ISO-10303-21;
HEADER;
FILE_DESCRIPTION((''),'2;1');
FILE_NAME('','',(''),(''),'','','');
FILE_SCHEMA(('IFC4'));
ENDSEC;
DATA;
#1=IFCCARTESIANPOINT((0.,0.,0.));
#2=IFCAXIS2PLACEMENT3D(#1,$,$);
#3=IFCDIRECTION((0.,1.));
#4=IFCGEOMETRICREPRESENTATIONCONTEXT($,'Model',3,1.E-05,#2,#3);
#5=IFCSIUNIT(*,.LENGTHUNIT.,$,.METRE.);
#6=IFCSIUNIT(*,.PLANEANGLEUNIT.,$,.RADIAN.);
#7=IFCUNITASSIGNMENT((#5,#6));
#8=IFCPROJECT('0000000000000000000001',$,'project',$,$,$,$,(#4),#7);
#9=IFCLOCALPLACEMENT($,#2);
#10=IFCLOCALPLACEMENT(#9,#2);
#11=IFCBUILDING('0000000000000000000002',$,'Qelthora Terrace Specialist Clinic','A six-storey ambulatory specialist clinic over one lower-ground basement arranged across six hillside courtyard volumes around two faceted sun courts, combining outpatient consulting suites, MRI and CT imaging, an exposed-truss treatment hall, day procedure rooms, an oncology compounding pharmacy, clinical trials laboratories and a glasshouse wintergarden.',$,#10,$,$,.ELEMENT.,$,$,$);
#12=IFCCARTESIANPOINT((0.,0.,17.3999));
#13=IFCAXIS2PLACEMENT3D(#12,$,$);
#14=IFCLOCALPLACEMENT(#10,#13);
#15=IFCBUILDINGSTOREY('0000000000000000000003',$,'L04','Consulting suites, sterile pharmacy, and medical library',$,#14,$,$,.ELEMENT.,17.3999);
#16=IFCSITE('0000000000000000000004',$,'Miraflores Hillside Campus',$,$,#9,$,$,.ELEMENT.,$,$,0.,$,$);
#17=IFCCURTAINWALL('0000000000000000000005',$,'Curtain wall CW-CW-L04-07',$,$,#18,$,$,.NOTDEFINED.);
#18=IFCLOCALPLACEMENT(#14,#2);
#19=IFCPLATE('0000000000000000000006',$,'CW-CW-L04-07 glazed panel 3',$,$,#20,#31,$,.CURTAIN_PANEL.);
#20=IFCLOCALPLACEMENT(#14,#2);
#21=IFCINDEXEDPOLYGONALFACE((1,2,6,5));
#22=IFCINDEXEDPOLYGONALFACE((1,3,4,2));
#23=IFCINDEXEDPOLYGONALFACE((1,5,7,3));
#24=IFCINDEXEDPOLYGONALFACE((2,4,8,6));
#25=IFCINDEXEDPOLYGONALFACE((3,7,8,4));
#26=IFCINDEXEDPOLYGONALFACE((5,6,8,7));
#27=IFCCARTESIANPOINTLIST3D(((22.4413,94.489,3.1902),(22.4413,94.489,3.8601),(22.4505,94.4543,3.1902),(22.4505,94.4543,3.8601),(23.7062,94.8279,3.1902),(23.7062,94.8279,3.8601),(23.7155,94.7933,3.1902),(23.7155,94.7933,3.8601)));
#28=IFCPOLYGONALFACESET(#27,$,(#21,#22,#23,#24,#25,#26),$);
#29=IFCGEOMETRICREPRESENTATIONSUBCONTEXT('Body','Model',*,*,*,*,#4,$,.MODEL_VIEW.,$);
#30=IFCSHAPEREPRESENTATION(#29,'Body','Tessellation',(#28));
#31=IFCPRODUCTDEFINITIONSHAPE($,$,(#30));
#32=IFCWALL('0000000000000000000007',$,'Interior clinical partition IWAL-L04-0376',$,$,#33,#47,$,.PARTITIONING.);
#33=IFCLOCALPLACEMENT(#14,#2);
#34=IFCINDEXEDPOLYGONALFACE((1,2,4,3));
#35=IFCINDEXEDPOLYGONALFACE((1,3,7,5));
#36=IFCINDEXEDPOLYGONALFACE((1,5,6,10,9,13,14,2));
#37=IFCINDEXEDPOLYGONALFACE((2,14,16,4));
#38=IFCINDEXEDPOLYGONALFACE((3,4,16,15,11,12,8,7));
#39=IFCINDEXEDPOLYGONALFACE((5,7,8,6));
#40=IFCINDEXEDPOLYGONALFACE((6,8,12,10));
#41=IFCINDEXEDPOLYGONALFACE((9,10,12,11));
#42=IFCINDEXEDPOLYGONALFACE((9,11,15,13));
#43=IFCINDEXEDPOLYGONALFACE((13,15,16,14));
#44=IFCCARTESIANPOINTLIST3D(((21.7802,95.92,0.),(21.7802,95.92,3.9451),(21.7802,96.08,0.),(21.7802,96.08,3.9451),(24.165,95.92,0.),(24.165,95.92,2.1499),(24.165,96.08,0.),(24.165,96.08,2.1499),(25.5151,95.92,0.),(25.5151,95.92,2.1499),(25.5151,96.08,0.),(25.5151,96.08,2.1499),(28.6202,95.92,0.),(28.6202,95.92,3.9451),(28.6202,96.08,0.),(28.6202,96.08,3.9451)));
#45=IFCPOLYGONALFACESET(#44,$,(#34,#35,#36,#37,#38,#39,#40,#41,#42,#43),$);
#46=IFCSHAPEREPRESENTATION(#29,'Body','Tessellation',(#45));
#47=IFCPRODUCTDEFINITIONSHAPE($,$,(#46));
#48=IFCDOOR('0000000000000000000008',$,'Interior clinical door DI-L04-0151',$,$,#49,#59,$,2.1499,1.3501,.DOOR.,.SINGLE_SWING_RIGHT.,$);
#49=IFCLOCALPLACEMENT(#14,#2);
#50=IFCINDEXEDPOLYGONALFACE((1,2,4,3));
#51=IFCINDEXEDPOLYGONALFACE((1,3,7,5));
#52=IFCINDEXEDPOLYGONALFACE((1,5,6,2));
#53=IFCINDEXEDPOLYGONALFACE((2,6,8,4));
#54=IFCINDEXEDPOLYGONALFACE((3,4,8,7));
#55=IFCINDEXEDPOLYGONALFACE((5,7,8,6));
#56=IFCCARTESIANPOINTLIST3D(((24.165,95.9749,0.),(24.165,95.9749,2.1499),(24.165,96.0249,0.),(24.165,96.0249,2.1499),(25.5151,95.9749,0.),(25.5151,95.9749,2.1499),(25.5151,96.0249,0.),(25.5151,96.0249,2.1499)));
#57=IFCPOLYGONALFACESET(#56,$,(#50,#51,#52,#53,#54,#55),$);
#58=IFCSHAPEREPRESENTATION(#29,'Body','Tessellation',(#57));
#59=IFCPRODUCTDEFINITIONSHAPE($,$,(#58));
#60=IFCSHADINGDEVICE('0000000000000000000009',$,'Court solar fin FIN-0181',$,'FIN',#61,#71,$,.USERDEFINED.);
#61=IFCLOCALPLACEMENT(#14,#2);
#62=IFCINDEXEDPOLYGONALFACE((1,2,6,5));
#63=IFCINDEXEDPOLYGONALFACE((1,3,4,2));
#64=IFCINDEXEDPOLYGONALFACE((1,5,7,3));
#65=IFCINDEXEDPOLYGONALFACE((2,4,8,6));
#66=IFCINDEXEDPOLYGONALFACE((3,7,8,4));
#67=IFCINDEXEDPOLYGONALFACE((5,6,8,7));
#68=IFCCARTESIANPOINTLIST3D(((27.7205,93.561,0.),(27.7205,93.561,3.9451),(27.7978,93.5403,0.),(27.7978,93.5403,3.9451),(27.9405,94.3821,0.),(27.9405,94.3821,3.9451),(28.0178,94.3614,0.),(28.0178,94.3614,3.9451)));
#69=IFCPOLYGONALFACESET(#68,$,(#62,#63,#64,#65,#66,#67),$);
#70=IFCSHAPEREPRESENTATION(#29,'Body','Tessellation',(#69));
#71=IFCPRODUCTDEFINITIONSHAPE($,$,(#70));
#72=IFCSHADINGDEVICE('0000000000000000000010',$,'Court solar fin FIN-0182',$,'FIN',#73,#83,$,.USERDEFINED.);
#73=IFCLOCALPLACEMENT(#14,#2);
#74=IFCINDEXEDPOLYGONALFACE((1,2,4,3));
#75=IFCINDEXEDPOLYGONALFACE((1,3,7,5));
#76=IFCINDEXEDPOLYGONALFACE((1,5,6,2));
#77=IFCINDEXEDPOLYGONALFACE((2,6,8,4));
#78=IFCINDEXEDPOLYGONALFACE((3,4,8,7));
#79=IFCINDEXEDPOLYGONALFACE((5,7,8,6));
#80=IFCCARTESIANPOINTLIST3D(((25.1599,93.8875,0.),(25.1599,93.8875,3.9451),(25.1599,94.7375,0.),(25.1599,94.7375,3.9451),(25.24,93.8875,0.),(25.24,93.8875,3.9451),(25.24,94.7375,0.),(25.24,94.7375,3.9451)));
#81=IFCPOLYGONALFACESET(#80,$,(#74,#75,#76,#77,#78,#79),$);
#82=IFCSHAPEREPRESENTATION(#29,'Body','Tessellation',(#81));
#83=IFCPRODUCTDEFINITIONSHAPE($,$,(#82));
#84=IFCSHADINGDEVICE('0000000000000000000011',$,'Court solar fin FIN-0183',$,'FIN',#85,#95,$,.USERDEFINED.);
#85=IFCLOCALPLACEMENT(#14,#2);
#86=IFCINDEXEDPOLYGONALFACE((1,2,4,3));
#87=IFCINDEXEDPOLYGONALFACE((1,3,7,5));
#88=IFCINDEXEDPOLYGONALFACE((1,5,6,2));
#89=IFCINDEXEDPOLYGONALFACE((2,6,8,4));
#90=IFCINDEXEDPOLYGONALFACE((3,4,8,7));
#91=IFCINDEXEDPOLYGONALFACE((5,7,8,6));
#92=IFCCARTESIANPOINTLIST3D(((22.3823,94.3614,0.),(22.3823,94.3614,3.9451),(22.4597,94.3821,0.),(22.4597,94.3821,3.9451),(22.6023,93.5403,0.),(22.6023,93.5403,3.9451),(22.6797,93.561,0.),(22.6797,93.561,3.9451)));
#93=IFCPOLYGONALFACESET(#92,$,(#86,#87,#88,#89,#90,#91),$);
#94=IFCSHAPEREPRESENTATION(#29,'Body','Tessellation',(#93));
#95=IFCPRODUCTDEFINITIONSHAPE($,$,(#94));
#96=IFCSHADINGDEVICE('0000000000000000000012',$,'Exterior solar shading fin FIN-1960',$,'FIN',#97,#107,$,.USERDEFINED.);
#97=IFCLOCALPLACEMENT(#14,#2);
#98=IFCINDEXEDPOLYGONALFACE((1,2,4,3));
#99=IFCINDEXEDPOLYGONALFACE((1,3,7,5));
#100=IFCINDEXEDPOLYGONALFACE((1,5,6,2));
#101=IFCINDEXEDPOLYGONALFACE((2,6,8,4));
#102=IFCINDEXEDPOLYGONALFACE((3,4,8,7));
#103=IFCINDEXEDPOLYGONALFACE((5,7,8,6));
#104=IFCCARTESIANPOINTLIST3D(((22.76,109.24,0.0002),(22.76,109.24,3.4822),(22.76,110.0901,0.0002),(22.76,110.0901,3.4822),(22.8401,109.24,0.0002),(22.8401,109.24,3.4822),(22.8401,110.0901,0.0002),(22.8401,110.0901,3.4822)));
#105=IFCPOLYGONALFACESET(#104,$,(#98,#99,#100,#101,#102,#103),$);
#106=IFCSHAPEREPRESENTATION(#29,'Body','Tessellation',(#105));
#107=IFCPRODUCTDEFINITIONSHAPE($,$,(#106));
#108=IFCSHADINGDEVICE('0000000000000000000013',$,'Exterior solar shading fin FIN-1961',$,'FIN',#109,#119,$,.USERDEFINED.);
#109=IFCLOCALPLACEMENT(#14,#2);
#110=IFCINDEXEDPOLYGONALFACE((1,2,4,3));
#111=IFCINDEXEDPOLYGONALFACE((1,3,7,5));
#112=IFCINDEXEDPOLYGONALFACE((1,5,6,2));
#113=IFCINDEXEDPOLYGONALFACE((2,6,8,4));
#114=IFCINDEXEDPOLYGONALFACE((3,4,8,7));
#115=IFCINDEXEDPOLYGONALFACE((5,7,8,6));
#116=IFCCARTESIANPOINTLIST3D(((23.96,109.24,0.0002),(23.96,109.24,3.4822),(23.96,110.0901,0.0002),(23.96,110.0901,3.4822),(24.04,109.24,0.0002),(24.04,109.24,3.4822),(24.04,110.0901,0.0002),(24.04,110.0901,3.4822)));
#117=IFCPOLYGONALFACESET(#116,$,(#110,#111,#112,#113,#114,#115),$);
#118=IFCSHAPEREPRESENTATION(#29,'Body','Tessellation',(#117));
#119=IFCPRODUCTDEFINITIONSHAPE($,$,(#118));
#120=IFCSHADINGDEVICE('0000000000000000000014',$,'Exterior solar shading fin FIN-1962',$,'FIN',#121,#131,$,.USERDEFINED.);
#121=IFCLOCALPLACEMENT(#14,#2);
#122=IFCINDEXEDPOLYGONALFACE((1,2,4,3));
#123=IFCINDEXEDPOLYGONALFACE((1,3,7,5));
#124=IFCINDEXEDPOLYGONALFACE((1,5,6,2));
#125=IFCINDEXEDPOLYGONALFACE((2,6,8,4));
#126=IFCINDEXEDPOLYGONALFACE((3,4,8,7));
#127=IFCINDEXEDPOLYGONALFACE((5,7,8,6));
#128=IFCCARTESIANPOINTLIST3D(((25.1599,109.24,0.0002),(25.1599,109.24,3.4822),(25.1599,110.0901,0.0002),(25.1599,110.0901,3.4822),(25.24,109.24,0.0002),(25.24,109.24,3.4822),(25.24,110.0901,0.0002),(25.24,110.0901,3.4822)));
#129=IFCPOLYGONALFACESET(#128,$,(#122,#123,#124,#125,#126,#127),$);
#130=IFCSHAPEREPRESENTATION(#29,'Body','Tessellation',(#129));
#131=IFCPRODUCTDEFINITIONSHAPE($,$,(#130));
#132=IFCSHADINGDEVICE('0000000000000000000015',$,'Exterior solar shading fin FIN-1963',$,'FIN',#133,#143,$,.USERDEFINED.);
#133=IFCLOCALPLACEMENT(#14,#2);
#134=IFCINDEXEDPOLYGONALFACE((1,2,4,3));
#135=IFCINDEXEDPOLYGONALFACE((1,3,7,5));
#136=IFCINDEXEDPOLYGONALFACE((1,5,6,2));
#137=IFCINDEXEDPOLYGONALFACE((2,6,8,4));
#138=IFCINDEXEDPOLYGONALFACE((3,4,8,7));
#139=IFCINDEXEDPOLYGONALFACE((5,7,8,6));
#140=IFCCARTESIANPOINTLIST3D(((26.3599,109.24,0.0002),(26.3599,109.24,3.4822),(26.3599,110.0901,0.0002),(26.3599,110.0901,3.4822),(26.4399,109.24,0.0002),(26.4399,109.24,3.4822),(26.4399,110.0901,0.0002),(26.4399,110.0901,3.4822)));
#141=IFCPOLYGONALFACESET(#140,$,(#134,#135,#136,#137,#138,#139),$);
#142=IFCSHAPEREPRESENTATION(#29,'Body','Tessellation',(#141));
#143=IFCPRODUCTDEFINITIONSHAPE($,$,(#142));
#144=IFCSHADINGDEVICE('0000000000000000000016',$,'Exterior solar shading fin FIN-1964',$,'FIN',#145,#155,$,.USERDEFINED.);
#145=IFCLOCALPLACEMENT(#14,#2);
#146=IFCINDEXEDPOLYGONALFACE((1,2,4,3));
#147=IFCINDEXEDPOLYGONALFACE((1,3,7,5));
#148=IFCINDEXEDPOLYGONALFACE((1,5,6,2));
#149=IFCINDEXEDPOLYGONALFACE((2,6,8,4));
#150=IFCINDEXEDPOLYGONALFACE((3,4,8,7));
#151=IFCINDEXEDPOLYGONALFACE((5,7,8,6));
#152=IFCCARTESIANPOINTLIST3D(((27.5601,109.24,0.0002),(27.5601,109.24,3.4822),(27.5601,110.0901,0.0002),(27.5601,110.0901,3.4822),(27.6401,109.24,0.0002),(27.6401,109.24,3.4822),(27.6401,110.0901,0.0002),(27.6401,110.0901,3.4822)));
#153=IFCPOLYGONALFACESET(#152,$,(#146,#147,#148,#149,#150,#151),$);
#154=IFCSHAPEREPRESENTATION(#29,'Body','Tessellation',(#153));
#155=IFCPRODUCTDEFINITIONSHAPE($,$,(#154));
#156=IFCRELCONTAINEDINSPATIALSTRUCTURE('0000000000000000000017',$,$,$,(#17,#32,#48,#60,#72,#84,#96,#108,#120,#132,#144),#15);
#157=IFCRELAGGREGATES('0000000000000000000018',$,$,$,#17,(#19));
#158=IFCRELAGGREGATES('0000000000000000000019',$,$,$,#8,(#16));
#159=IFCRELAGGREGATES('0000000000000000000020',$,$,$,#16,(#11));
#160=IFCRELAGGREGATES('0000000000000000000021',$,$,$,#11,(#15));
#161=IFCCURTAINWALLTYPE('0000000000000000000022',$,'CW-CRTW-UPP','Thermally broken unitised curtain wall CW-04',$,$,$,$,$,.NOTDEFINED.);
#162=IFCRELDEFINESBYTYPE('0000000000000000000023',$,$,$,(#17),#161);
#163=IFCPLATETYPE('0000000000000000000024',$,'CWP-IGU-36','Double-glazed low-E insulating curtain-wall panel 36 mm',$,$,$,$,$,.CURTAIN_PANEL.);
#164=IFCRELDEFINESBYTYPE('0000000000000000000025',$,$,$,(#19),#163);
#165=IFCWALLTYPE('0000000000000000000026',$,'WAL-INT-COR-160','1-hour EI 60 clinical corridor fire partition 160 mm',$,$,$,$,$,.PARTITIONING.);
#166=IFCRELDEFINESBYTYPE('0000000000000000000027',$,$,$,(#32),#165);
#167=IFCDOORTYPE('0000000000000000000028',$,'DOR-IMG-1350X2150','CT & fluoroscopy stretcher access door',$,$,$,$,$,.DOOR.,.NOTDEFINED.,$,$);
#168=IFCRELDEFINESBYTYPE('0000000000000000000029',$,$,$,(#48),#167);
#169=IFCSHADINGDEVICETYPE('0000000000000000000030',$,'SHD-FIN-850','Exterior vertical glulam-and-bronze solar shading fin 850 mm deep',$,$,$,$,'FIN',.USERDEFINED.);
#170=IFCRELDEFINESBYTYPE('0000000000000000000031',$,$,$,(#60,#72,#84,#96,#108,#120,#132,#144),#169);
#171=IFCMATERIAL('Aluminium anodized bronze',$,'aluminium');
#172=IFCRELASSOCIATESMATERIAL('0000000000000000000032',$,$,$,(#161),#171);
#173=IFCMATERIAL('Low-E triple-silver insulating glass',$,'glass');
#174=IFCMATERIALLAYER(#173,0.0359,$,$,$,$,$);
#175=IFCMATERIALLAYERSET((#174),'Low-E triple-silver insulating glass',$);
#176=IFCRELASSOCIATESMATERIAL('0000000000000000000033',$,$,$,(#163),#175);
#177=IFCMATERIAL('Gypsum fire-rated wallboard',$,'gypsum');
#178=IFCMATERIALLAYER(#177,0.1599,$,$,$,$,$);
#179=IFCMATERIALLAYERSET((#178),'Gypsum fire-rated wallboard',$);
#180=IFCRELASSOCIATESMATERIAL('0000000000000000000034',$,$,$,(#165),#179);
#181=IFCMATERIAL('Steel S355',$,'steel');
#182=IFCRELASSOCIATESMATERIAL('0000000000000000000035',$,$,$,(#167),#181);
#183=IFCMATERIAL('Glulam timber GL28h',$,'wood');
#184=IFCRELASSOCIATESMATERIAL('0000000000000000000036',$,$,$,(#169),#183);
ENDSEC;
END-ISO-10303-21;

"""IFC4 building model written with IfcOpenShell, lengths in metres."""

from ifc_helpers import new_model, si_unit, direction, frame, frame_2d, origin, origin_2d, place, context, subcontext, project, spatial, rectangle, extrude, material, layer, layer_set, type_object, element, fill, aggregate, save


model = new_model("IFC4")

# Units and contexts
model_context = context("Model", 3, precision=1e-05, world=origin(), true_north=direction((0.0, 1.0)))
body_context = subcontext(model_context, "Body", "Model", "MODEL_VIEW")
ifc_project = project(units=[si_unit("LENGTHUNIT", "METRE"), si_unit("PLANEANGLEUNIT", "RADIAN")], contexts=[model_context])

# Site, building, storey
site_placement = place(None, origin())
site = spatial("IfcSite", under=ifc_project, at=site_placement, Name="Miraflores Hillside Campus", CompositionType="ELEMENT", RefElevation=0.0)
building_placement = place(site_placement, origin())
building = spatial("IfcBuilding", under=site, at=building_placement, Name="Qelthora Terrace Specialist Clinic", Description="A six-storey ambulatory specialist clinic over one lower-ground basement arranged across six hillside courtyard volumes around two faceted sun courts, combining outpatient consulting suites, MRI and CT imaging, an exposed-truss treatment hall, day procedure rooms, an oncology compounding pharmacy, clinical trials laboratories and a glasshouse wintergarden.", CompositionType="ELEMENT")
storey_placement = place(building_placement, frame((0.0, 0.0, 17.3999)))
storey = spatial("IfcBuildingStorey", under=building, at=storey_placement, Name="L04", Description="Consulting suites, sterile pharmacy, and medical library", CompositionType="ELEMENT", Elevation=17.3999)

# Curtain wall
ifc_material_1 = material(Name="Aluminium anodized bronze", Category="aluminium")
curtain_wall_type = type_object("IfcCurtainWallType", Name="CW-CRTW-UPP", Description="Thermally broken unitised curtain wall CW-04", PredefinedType="NOTDEFINED", material=ifc_material_1)
curtain_wall_1_placement = place(storey_placement, origin())
curtain_wall_1 = element("IfcCurtainWall", 1, at=curtain_wall_1_placement, inside=storey, type_object=curtain_wall_type, Name="Curtain wall CW-CW-L04-07", PredefinedType="NOTDEFINED")

# Shared definitions
ifc_material_2 = material(Name="Steel S355", Category="steel")

# Plate
ifc_material_3 = material(Name="Low-E triple-silver insulating glass", Category="glass")
ifc_layer_1 = layer(ifc_material_3, 0.0359)
ifc_layer_set_1 = layer_set([ifc_layer_1], Name="Low-E triple-silver insulating glass")
plate_type = type_object("IfcPlateType", Name="CWP-IGU-36", Description="Double-glazed low-E insulating curtain-wall panel 36 mm", PredefinedType="CURTAIN_PANEL", material=ifc_layer_set_1)
plate_1_placement = place(storey_placement, frame((23.0784, 94.6411, 3.1902), z_axis=(0.0, 0.0, 1.0), x_axis=(-0.965925, -0.258821, 0.0)))
plate_1 = element("IfcPlate", 2, at=plate_1_placement, type_object=plate_type, Name="CW-CW-L04-07 glazed panel 3", PredefinedType="CURTAIN_PANEL", context=body_context, shape_type="SweptSolid", body=[
    extrude(rectangle(XDim=1.3096, YDim=0.0359, at=origin_2d()), origin(), (0.0, 0.0, 1.0), 0.6699),
])
aggregate(curtain_wall_1, [plate_1])

# Wall, opening, door
ifc_material_4 = material(Name="Gypsum fire-rated wallboard", Category="gypsum")
ifc_layer_2 = layer(ifc_material_4, 0.1599)
ifc_layer_set_2 = layer_set([ifc_layer_2], Name="Gypsum fire-rated wallboard")
wall_type = type_object("IfcWallType", Name="WAL-INT-COR-160", Description="1-hour EI 60 clinical corridor fire partition 160 mm", PredefinedType="PARTITIONING", material=ifc_layer_set_2)
wall_placement = place(storey_placement, frame((28.6201, 96.0, 0.0), z_axis=(0.0, 0.0, 1.0), x_axis=(-1.0, 0.0, 0.0)))
wall = element("IfcWall", 3, at=wall_placement, inside=storey, type_object=wall_type, Name="Interior clinical partition IWAL-L04-0376", PredefinedType="PARTITIONING", context=body_context, shape_type="SweptSolid", body=[
    extrude(rectangle(XDim=6.8401, YDim=0.1599, at=frame_2d((3.4199, 0.0))), origin(), (0.0, 0.0, 1.0), 3.9451),
])
opening_placement = place(wall_placement, frame((3.105, 0.0, 0.0)))
opening = element("IfcOpeningElement", 4, at=opening_placement, cuts=wall, PredefinedType="OPENING", context=body_context, shape_type="SweptSolid", body=[
    extrude(rectangle(XDim=1.3501, YDim=2.1499, at=frame_2d((0.675, 1.075))), frame((0.0, 0.0898, 0.0), z_axis=(0.0, -1.0, 0.0), x_axis=(1.0, 0.0, 0.0)), (0.0, 0.0, 1.0), 0.1799),
])
door_type = type_object("IfcDoorType", Name="DOR-IMG-1350X2150", Description="CT & fluoroscopy stretcher access door", OperationType="NOTDEFINED", PredefinedType="DOOR", material=ifc_material_2)
door_placement = place(opening_placement, frame((1.3501, 0.0, 0.0), z_axis=(0.0, 0.0, 1.0), x_axis=(-1.0, 0.0, 0.0)))
door = element("IfcDoor", 5, at=door_placement, inside=storey, type_object=door_type, Name="Interior clinical door DI-L04-0151", OperationType="SINGLE_SWING_RIGHT", OverallHeight=2.1499, OverallWidth=1.3501, PredefinedType="DOOR", context=body_context, shape_type="SweptSolid", body=[
    extrude(rectangle(XDim=1.3501, YDim=2.1499, at=frame_2d((0.675, 1.075))), frame((0.0, 0.0249, 0.0), z_axis=(0.0, -1.0, 0.0), x_axis=(1.0, 0.0, 0.0)), (0.0, 0.0, 1.0), 0.05),
])
fill(opening, door)

# Shading devices
ifc_material_5 = material(Name="Glulam timber GL28h", Category="wood")
shading_device_type = type_object("IfcShadingDeviceType", Name="SHD-FIN-850", Description="Exterior vertical glulam-and-bronze solar shading fin 850 mm deep", ElementType="FIN", PredefinedType="USERDEFINED", material=ifc_material_5)
for number, where, z_axis, x_axis, name in (
    (6, (27.8691, 93.9612, 0.0), (0.0, 0.0, 1.0), (-0.258819, -0.965926, 0.0), "Court solar fin FIN-0181"),
    (7, (25.2, 94.3125, 0.0), (0.0, 0.0, 1.0), (0.0, -1.0, 0.0), "Court solar fin FIN-0182"),
    (8, (22.531, 93.9612, 0.0), (0.0, 0.0, 1.0), (0.258819, -0.965926, 0.0), "Court solar fin FIN-0183"),
):
    element("IfcShadingDevice", number, at=place(storey_placement, frame(where, z_axis=z_axis, x_axis=x_axis)), inside=storey, type_object=shading_device_type, Name=name, ObjectType="FIN", PredefinedType="USERDEFINED", context=body_context, shape_type="SweptSolid", body=[
        extrude(rectangle(XDim=0.8501, YDim=0.0801, at=origin_2d()), origin(), (0.0, 0.0, 1.0), 3.9451),
    ])
for number, where, z_axis, x_axis, name in (
    (9, (22.8, 109.665, 0.0002), (0.0, 0.0, 1.0), (0.0, 1.0, 0.0), "Exterior solar shading fin FIN-1960"),
    (10, (24.0, 109.665, 0.0002), (0.0, 0.0, 1.0), (0.0, 1.0, 0.0), "Exterior solar shading fin FIN-1961"),
    (11, (25.2, 109.665, 0.0002), (0.0, 0.0, 1.0), (0.0, 1.0, 0.0), "Exterior solar shading fin FIN-1962"),
    (12, (26.3999, 109.665, 0.0002), (0.0, 0.0, 1.0), (0.0, 1.0, 0.0), "Exterior solar shading fin FIN-1963"),
    (13, (27.6001, 109.665, 0.0002), (0.0, 0.0, 1.0), (0.0, 1.0, 0.0), "Exterior solar shading fin FIN-1964"),
):
    element("IfcShadingDevice", number, at=place(storey_placement, frame(where, z_axis=z_axis, x_axis=x_axis)), inside=storey, type_object=shading_device_type, Name=name, ObjectType="FIN", PredefinedType="USERDEFINED", context=body_context, shape_type="SweptSolid", body=[
        extrude(rectangle(XDim=0.8501, YDim=0.0801, at=origin_2d()), origin(), (0.0, 0.0, 1.0), 3.4819),
    ])

save(model, "model.ifc")
